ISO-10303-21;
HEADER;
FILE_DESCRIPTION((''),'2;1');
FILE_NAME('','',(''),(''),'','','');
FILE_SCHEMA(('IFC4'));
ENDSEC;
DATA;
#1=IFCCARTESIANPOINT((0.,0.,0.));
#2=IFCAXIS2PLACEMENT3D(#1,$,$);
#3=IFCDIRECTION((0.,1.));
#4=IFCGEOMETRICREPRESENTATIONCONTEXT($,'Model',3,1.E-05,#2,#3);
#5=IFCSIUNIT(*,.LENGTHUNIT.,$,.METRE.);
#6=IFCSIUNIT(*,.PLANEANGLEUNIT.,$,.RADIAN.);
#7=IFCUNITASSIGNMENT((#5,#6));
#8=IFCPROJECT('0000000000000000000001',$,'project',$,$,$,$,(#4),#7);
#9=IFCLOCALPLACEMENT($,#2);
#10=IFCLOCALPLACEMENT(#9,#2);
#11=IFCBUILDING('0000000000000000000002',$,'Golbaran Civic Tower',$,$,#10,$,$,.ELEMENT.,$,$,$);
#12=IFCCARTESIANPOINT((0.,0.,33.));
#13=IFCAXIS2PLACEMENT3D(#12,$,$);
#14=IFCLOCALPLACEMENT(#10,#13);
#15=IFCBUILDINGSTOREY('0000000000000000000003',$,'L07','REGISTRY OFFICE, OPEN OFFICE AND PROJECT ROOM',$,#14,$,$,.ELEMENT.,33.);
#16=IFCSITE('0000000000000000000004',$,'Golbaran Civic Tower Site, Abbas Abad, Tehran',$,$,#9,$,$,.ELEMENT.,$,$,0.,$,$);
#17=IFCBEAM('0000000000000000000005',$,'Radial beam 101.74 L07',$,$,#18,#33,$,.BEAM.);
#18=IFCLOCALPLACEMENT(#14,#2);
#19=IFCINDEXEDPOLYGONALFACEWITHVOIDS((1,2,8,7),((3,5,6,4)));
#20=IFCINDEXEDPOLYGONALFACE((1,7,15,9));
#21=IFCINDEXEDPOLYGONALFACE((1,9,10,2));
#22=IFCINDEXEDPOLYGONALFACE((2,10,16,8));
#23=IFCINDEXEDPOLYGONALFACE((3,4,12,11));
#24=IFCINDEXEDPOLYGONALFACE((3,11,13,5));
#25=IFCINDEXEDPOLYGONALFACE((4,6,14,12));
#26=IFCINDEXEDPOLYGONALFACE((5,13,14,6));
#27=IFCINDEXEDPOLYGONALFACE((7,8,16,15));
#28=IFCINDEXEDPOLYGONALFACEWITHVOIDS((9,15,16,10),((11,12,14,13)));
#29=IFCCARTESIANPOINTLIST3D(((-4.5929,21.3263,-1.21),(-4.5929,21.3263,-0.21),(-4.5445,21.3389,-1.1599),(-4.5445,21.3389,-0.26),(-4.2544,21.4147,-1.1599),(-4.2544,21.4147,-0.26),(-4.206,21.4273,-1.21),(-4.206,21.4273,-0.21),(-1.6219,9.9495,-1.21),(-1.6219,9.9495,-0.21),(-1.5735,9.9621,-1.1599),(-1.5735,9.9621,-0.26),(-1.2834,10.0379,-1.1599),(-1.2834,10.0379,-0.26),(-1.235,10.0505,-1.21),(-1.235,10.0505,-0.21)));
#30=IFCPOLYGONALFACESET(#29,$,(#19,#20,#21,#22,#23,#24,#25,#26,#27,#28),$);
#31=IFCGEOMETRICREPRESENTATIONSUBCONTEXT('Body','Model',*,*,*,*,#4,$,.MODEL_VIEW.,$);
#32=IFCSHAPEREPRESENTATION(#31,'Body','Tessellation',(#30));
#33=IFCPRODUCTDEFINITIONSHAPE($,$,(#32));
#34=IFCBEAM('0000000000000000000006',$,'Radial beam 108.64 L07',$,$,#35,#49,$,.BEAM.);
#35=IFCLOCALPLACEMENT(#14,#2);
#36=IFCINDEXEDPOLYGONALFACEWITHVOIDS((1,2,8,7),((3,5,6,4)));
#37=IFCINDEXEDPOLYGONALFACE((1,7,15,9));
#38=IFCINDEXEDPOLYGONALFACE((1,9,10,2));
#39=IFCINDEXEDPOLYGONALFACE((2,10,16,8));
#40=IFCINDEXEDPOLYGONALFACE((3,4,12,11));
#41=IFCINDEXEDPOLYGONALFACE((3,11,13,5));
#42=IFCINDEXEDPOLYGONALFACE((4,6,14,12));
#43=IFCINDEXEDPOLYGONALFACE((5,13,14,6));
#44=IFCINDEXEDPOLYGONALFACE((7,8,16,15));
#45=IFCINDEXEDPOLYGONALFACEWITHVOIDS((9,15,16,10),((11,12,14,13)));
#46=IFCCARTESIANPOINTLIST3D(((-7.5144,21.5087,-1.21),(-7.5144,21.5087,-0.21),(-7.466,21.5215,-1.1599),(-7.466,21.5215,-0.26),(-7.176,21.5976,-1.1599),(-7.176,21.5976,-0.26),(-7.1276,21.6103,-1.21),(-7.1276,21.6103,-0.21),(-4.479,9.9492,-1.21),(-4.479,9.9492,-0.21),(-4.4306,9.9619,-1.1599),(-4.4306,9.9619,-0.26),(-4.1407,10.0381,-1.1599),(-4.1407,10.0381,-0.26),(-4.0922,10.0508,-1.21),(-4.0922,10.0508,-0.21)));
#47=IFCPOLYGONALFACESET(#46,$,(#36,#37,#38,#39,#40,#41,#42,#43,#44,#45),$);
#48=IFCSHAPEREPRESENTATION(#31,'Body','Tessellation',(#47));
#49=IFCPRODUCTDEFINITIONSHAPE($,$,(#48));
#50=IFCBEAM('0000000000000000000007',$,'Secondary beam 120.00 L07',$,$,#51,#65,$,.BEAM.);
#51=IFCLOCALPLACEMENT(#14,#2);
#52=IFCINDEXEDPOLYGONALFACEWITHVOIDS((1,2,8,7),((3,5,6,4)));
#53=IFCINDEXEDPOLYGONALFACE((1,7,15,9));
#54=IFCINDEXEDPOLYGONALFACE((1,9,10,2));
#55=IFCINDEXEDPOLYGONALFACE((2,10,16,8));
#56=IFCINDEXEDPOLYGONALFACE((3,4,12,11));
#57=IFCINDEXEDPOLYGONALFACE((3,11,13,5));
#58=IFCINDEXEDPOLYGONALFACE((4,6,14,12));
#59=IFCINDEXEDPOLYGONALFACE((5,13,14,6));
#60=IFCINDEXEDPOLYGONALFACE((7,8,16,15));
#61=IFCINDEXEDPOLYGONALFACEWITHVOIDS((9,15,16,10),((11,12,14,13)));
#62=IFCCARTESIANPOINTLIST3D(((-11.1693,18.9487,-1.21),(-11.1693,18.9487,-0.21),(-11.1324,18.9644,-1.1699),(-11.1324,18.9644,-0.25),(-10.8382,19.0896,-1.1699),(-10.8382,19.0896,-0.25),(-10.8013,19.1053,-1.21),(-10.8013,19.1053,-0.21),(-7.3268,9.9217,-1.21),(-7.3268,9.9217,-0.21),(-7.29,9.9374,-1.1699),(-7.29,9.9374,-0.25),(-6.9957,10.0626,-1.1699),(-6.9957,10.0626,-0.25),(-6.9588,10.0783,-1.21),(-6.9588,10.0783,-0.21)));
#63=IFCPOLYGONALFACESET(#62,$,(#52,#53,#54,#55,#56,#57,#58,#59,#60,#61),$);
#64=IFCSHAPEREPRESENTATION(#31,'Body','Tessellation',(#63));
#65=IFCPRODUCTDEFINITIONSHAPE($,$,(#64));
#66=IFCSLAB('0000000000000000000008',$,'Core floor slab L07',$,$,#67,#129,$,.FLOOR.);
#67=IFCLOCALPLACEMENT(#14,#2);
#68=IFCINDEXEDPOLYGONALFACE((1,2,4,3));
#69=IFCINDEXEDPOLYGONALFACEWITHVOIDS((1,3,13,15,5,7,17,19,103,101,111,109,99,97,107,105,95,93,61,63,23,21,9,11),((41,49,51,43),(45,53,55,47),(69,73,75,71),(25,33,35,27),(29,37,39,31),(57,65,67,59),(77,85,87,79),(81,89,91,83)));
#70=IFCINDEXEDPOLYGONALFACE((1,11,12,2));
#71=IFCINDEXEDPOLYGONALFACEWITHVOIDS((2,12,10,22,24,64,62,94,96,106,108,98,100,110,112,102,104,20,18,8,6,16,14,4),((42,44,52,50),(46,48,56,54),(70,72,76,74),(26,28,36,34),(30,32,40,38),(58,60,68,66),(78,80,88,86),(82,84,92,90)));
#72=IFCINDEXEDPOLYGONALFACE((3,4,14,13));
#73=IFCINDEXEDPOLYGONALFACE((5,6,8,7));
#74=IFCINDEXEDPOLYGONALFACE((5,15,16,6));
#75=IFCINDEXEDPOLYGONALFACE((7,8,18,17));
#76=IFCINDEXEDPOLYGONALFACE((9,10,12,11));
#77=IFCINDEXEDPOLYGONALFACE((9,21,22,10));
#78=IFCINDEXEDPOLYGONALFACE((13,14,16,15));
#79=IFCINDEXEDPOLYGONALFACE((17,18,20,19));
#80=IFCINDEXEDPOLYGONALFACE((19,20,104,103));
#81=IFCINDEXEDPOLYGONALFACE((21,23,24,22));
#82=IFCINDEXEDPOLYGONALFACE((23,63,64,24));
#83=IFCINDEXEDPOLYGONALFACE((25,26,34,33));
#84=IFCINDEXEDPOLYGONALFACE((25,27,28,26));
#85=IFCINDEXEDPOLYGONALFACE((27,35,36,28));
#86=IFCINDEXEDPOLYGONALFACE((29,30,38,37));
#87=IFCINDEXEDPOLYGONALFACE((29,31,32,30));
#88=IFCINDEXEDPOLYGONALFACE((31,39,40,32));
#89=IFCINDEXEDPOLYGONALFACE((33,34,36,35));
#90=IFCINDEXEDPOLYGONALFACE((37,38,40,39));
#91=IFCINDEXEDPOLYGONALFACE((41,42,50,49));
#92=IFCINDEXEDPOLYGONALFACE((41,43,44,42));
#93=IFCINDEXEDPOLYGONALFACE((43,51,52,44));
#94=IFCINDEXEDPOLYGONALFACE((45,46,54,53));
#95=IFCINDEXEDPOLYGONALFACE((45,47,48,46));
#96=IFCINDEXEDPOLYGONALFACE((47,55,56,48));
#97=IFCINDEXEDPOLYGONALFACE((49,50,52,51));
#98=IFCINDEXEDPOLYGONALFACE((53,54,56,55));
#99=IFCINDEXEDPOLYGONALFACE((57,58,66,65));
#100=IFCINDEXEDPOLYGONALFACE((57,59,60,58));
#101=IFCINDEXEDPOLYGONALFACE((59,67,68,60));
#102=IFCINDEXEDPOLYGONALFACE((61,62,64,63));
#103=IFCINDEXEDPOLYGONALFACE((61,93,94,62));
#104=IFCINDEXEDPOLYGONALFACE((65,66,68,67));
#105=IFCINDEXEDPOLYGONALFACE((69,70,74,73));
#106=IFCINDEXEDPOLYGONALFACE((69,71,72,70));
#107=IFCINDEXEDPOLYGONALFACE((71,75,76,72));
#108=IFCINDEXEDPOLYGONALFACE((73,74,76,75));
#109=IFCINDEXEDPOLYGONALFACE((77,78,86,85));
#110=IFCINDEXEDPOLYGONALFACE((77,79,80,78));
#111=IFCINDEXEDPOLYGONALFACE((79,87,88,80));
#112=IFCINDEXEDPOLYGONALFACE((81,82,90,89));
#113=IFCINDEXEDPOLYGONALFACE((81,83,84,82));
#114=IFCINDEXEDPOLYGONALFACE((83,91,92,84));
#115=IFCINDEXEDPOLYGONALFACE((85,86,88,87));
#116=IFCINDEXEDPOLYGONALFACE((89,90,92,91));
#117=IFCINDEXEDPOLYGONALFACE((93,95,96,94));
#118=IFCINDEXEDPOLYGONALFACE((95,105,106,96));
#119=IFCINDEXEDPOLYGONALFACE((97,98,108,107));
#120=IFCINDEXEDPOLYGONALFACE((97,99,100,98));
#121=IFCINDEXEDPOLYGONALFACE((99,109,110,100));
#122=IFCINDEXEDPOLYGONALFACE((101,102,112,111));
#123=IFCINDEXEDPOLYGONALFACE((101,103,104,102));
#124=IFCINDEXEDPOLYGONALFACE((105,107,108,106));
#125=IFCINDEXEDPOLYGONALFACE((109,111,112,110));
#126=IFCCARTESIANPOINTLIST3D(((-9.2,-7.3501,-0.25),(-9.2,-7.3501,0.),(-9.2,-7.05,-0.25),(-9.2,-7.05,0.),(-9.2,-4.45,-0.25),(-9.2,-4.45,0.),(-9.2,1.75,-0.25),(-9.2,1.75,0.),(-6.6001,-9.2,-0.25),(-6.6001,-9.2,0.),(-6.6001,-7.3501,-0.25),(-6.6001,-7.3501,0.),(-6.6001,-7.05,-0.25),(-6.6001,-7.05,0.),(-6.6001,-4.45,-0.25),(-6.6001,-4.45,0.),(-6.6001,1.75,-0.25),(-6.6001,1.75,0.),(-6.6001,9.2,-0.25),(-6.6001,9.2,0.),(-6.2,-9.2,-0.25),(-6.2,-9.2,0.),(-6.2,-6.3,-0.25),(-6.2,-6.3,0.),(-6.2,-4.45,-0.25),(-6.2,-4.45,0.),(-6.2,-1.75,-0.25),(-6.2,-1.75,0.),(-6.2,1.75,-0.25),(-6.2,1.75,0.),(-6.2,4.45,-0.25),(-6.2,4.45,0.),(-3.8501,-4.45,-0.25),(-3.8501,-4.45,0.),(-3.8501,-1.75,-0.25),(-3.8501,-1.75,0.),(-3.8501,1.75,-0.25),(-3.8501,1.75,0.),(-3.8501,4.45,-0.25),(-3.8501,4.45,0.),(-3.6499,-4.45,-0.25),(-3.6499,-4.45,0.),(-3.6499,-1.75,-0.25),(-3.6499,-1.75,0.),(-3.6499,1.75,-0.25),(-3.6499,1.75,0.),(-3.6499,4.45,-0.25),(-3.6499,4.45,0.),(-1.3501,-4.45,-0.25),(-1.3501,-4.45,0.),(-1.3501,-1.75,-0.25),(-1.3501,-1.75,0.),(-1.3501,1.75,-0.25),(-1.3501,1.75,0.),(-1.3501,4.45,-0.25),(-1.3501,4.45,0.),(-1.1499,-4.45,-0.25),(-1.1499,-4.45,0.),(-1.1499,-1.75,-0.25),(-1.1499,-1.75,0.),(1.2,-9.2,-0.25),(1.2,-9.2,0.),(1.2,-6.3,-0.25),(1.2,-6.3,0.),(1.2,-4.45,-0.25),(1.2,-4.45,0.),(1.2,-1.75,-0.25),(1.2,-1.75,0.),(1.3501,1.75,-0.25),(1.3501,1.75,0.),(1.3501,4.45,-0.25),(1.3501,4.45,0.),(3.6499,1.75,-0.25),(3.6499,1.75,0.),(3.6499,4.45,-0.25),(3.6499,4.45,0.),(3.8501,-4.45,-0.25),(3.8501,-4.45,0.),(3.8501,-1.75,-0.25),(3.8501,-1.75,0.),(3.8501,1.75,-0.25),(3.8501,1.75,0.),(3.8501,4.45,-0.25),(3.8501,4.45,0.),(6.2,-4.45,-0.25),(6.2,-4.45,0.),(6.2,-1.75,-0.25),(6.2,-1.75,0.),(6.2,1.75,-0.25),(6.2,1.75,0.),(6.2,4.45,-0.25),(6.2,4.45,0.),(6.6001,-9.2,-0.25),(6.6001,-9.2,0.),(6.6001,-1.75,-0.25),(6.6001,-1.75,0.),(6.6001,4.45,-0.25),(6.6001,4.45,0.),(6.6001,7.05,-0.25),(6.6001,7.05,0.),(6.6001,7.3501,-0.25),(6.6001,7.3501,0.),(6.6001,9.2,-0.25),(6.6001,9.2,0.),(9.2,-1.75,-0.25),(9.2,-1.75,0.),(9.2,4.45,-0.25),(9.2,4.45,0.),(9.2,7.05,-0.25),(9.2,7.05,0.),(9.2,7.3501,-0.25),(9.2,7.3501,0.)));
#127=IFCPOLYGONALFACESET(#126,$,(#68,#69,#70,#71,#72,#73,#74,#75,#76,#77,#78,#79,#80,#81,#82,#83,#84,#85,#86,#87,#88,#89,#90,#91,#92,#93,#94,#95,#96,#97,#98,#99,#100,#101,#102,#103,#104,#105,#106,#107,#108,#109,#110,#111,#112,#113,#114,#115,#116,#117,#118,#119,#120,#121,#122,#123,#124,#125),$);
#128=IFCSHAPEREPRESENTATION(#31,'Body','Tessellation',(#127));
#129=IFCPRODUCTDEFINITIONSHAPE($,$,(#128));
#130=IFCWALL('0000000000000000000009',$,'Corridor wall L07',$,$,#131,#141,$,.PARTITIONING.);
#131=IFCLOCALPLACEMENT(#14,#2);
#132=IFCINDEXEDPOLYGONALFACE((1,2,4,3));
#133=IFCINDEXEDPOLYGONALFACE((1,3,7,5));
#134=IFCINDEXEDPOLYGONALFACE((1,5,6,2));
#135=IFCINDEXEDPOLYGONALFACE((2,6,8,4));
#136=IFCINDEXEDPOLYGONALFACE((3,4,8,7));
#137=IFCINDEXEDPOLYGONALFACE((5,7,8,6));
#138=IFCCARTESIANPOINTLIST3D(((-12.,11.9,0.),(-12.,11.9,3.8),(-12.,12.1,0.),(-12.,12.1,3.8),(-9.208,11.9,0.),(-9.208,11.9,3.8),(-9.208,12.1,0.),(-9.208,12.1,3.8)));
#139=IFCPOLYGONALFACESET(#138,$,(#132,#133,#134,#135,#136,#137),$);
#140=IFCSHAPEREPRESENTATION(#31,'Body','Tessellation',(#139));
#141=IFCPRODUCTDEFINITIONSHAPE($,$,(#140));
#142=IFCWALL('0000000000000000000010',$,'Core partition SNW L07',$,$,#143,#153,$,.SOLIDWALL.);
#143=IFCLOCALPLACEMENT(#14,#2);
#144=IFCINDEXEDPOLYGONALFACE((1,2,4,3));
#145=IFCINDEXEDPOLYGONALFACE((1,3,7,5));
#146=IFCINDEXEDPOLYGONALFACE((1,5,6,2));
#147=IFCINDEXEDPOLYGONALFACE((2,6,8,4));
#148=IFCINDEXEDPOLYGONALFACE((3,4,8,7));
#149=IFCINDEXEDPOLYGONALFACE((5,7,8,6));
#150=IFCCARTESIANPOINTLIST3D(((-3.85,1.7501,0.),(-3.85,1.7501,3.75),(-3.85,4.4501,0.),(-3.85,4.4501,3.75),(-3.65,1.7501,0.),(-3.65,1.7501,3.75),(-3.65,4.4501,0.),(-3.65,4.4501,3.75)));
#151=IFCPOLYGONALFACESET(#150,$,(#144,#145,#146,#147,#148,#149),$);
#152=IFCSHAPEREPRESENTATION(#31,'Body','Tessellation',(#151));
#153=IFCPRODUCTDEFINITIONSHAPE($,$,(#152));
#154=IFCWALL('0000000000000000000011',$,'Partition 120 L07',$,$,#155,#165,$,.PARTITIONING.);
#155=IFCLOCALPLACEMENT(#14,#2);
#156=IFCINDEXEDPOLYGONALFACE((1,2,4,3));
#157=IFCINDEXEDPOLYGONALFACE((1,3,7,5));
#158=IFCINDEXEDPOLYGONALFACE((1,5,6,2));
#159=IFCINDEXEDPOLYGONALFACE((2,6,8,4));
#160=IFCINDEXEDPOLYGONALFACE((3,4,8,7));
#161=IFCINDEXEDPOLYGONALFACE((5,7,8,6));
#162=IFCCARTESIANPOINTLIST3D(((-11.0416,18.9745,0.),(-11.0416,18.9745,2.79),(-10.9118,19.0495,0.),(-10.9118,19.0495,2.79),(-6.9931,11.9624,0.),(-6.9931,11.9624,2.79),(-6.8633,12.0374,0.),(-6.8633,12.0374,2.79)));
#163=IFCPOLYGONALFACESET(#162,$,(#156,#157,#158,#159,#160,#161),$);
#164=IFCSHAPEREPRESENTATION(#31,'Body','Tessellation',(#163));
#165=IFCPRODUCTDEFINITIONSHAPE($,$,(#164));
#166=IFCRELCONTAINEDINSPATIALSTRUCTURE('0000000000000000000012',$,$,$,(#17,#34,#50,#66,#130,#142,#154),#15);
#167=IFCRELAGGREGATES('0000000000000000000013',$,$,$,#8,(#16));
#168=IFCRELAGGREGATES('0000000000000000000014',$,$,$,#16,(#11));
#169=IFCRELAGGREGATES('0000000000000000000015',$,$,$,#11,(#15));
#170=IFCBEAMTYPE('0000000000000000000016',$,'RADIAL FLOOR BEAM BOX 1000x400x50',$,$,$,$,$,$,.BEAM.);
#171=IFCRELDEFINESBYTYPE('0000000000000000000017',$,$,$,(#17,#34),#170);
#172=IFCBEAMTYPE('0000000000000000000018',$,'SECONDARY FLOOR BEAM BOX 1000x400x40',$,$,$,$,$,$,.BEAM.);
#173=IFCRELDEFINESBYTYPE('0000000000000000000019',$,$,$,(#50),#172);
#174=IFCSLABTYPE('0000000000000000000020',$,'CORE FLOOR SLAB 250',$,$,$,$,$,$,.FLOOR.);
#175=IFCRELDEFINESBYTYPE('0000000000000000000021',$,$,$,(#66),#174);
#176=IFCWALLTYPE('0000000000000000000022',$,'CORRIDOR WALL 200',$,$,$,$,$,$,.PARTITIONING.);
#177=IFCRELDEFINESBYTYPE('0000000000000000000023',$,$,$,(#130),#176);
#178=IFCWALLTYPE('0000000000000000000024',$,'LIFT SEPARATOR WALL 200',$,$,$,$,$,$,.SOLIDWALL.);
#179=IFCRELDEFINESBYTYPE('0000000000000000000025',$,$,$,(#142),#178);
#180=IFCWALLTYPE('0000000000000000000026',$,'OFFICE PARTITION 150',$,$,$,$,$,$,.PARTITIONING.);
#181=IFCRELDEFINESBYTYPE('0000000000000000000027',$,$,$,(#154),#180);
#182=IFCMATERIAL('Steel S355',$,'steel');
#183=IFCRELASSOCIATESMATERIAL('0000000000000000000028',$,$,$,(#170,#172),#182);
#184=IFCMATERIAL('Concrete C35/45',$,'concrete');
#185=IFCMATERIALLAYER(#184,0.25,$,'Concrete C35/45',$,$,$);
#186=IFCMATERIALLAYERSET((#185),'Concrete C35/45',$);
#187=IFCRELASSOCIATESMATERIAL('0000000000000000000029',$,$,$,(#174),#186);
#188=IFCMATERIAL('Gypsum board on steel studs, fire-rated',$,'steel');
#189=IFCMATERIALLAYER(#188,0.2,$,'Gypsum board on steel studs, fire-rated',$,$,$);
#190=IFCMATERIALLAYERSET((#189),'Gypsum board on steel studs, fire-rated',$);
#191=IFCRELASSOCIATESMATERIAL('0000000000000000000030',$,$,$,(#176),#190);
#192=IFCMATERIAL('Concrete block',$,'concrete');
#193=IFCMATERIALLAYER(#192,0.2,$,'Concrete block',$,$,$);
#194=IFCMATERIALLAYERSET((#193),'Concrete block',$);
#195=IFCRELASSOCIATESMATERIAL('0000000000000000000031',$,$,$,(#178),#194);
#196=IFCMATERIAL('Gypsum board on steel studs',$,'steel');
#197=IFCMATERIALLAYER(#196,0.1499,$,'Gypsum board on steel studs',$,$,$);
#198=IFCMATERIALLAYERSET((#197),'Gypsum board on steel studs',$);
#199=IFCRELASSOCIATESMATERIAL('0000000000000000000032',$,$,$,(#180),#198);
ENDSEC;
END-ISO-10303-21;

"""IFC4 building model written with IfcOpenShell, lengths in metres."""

from ifc_helpers import new_model, si_unit, direction, frame, frame_2d, origin, origin_2d, place, context, subcontext, project, spatial, polyline, rectangle, hollow_rectangle, outline, extrude, material, layer, layer_set, material_profile, profile_set, type_object, element, save


model = new_model("IFC4")

# Units and contexts
model_context = context("Model", 3, precision=1e-05, world=origin(), true_north=direction((0.0, 1.0)))
body_context = subcontext(model_context, "Body", "Model", "MODEL_VIEW")
ifc_project = project(units=[si_unit("LENGTHUNIT", "METRE"), si_unit("PLANEANGLEUNIT", "RADIAN")], contexts=[model_context])

# Site, building, storey
site_placement = place(None, origin())
site = spatial("IfcSite", under=ifc_project, at=site_placement, Name="Golbaran Civic Tower Site, Abbas Abad, Tehran", CompositionType="ELEMENT", RefElevation=0.0)
building_placement = place(site_placement, origin())
building = spatial("IfcBuilding", under=site, at=building_placement, Name="Golbaran Civic Tower", CompositionType="ELEMENT")
storey_placement = place(building_placement, frame((0.0, 0.0, 33.0)))
storey = spatial("IfcBuildingStorey", under=building, at=storey_placement, Name="L07", Description="REGISTRY OFFICE, OPEN OFFICE AND PROJECT ROOM", CompositionType="ELEMENT", Elevation=33.0)

# Beams
ifc_material_1 = material(Name="Steel S355", Category="steel")
ifc_material_profile_1 = material_profile(ifc_material_1, hollow_rectangle(XDim=0.3999, YDim=1.0, WallThickness=0.05, at=origin_2d()), Name="BOX 1000x400x50")
ifc_profile_set_1 = profile_set([ifc_material_profile_1], Name="Steel S355")
beam_type_1 = type_object("IfcBeamType", Name="RADIAL FLOOR BEAM BOX 1000x400x50", PredefinedType="BEAM", material=ifc_profile_set_1)
beam_1_placement = place(storey_placement, frame((-1.4285, 10.0, -0.71), z_axis=(-0.25267, 0.967553, 0.0), x_axis=(-0.967553, -0.25267, 0.0)))
element("IfcBeam", 1, at=beam_1_placement, inside=storey, type_object=beam_type_1, Name="Radial beam 101.74 L07", PredefinedType="BEAM", context=body_context, shape_type="SweptSolid", body=[
    extrude(hollow_rectangle(XDim=0.3999, YDim=1.0, WallThickness=0.05, at=origin_2d()), origin(), (0.0, 0.0, 1.0), 11.7583),
])
beam_2_placement = place(storey_placement, frame((-4.2856, 10.0, -0.71), z_axis=(-0.253977, 0.96721, 0.0), x_axis=(-0.96721, -0.253977, 0.0)))
element("IfcBeam", 2, at=beam_2_placement, inside=storey, type_object=beam_type_1, Name="Radial beam 108.64 L07", PredefinedType="BEAM", context=body_context, shape_type="SweptSolid", body=[
    extrude(hollow_rectangle(XDim=0.3999, YDim=1.0, WallThickness=0.05, at=origin_2d()), origin(), (0.0, 0.0, 1.0), 11.9514),
])
ifc_material_profile_2 = material_profile(ifc_material_1, hollow_rectangle(XDim=0.3999, YDim=1.0, WallThickness=0.04, at=origin_2d()), Name="BOX 1000x400x40")
ifc_profile_set_2 = profile_set([ifc_material_profile_2], Name="Steel S355")
beam_type_2 = type_object("IfcBeamType", Name="SECONDARY FLOOR BEAM BOX 1000x400x40", PredefinedType="BEAM", material=ifc_profile_set_2)
beam_3_placement = place(storey_placement, frame((-7.1428, 10.0, -0.71), z_axis=(-0.39166, 0.92011, 0.0), x_axis=(-0.92011, -0.39166, 0.0)))
element("IfcBeam", 3, at=beam_3_placement, inside=storey, type_object=beam_type_2, Name="Secondary beam 120.00 L07", PredefinedType="BEAM", context=body_context, shape_type="SweptSolid", body=[
    extrude(hollow_rectangle(XDim=0.3999, YDim=1.0, WallThickness=0.04, at=origin_2d()), origin(), (0.0, 0.0, 1.0), 9.8108),
])

# Slab
ifc_material_2 = material(Name="Concrete C35/45", Category="concrete")
ifc_layer_1 = layer(ifc_material_2, 0.25, Name="Concrete C35/45")
ifc_layer_set_1 = layer_set([ifc_layer_1], Name="Concrete C35/45")
slab_type = type_object("IfcSlabType", Name="CORE FLOOR SLAB 250", PredefinedType="FLOOR", material=ifc_layer_set_1)
slab_placement = place(storey_placement, frame((0.0, 0.0, -0.25)))
element("IfcSlab", 4, at=slab_placement, inside=storey, type_object=slab_type, Name="Core floor slab L07", PredefinedType="FLOOR", context=body_context, shape_type="SweptSolid", body=[
    extrude(outline(polyline([(6.6001, -1.75), (6.6001, -9.2), (1.2, -9.2), (1.2, -6.3), (-6.2, -6.3), (-6.2, -9.2), (-6.6001, -9.2), (-6.6001, -7.3501), (-9.2, -7.3501), (-9.2, -7.05), (-6.6001, -7.05), (-6.6001, -4.45), (-9.2, -4.45), (-9.2, 1.75), (-6.6001, 1.75), (-6.6001, 9.2), (6.6001, 9.2), (6.6001, 7.3501), (9.2, 7.3501), (9.2, 7.05), (6.6001, 7.05), (6.6001, 4.45), (9.2, 4.45), (9.2, -1.75), (6.6001, -1.75)]), holes=[polyline([(6.2, -1.75), (3.8501, -1.75), (3.8501, -4.45), (6.2, -4.45), (6.2, -1.75)]), polyline([(6.2, 4.45), (3.8501, 4.45), (3.8501, 1.75), (6.2, 1.75), (6.2, 4.45)]), polyline([(3.6499, 4.45), (1.3501, 4.45), (1.3501, 1.75), (3.6499, 1.75), (3.6499, 4.45)]), polyline([(1.2, -1.75), (-1.1499, -1.75), (-1.1499, -4.45), (1.2, -4.45), (1.2, -1.75)]), polyline([(-1.3501, 4.45), (-3.6499, 4.45), (-3.6499, 1.75), (-1.3501, 1.75), (-1.3501, 4.45)]), polyline([(-1.3501, -1.75), (-3.6499, -1.75), (-3.6499, -4.45), (-1.3501, -4.45), (-1.3501, -1.75)]), polyline([(-3.8501, -1.75), (-6.2, -1.75), (-6.2, -4.45), (-3.8501, -4.45), (-3.8501, -1.75)]), polyline([(-3.8501, 4.45), (-6.2, 4.45), (-6.2, 1.75), (-3.8501, 1.75), (-3.8501, 4.45)])]), origin(), (0.0, 0.0, 1.0), 0.25),
])

# Walls
ifc_material_3 = material(Name="Gypsum board on steel studs, fire-rated", Category="steel")
ifc_layer_2 = layer(ifc_material_3, 0.2, Name="Gypsum board on steel studs, fire-rated")
ifc_layer_set_2 = layer_set([ifc_layer_2], Name="Gypsum board on steel studs, fire-rated")
wall_type_1 = type_object("IfcWallType", Name="CORRIDOR WALL 200", PredefinedType="PARTITIONING", material=ifc_layer_set_2)
wall_1_placement = place(storey_placement, frame((-9.208, 12.0, 0.0), z_axis=(0.0, 0.0, 1.0), x_axis=(-1.0, 0.0, 0.0)))
element("IfcWall", 5, at=wall_1_placement, inside=storey, type_object=wall_type_1, Name="Corridor wall L07", PredefinedType="PARTITIONING", context=body_context, shape_type="SweptSolid", body=[
    extrude(rectangle(XDim=2.792, YDim=0.2, at=frame_2d((1.396, 0.0))), origin(), (0.0, 0.0, 1.0), 3.8),
])
ifc_material_4 = material(Name="Concrete block", Category="concrete")
ifc_layer_3 = layer(ifc_material_4, 0.2, Name="Concrete block")
ifc_layer_set_3 = layer_set([ifc_layer_3], Name="Concrete block")
wall_type_2 = type_object("IfcWallType", Name="LIFT SEPARATOR WALL 200", PredefinedType="SOLIDWALL", material=ifc_layer_set_3)
wall_2_placement = place(storey_placement, frame((-3.75, 1.75, 0.0), z_axis=(0.0, 0.0, 1.0), x_axis=(0.0, 1.0, 0.0)))
element("IfcWall", 6, at=wall_2_placement, inside=storey, type_object=wall_type_2, Name="Core partition SNW L07", PredefinedType="SOLIDWALL", context=body_context, shape_type="SweptSolid", body=[
    extrude(rectangle(XDim=2.7, YDim=0.2, at=frame_2d((1.3501, 0.0))), origin(), (0.0, 0.0, 1.0), 3.75),
])
ifc_material_5 = material(Name="Gypsum board on steel studs", Category="steel")
ifc_layer_4 = layer(ifc_material_5, 0.1499, Name="Gypsum board on steel studs")
ifc_layer_set_4 = layer_set([ifc_layer_4], Name="Gypsum board on steel studs")
wall_type_3 = type_object("IfcWallType", Name="OFFICE PARTITION 150", PredefinedType="PARTITIONING", material=ifc_layer_set_4)
wall_3_placement = place(storey_placement, frame((-6.9282, 12.0, 0.0), z_axis=(0.0, 0.0, 1.0), x_axis=(-0.500008, 0.866021, 0.0)))
element("IfcWall", 7, at=wall_3_placement, inside=storey, type_object=wall_type_3, Name="Partition 120 L07", PredefinedType="PARTITIONING", context=body_context, shape_type="SweptSolid", body=[
    extrude(rectangle(XDim=8.0969, YDim=0.1499, at=frame_2d((4.0483, 0.0))), origin(), (0.0, 0.0, 1.0), 2.79),
])

save(model, "model.ifc")
